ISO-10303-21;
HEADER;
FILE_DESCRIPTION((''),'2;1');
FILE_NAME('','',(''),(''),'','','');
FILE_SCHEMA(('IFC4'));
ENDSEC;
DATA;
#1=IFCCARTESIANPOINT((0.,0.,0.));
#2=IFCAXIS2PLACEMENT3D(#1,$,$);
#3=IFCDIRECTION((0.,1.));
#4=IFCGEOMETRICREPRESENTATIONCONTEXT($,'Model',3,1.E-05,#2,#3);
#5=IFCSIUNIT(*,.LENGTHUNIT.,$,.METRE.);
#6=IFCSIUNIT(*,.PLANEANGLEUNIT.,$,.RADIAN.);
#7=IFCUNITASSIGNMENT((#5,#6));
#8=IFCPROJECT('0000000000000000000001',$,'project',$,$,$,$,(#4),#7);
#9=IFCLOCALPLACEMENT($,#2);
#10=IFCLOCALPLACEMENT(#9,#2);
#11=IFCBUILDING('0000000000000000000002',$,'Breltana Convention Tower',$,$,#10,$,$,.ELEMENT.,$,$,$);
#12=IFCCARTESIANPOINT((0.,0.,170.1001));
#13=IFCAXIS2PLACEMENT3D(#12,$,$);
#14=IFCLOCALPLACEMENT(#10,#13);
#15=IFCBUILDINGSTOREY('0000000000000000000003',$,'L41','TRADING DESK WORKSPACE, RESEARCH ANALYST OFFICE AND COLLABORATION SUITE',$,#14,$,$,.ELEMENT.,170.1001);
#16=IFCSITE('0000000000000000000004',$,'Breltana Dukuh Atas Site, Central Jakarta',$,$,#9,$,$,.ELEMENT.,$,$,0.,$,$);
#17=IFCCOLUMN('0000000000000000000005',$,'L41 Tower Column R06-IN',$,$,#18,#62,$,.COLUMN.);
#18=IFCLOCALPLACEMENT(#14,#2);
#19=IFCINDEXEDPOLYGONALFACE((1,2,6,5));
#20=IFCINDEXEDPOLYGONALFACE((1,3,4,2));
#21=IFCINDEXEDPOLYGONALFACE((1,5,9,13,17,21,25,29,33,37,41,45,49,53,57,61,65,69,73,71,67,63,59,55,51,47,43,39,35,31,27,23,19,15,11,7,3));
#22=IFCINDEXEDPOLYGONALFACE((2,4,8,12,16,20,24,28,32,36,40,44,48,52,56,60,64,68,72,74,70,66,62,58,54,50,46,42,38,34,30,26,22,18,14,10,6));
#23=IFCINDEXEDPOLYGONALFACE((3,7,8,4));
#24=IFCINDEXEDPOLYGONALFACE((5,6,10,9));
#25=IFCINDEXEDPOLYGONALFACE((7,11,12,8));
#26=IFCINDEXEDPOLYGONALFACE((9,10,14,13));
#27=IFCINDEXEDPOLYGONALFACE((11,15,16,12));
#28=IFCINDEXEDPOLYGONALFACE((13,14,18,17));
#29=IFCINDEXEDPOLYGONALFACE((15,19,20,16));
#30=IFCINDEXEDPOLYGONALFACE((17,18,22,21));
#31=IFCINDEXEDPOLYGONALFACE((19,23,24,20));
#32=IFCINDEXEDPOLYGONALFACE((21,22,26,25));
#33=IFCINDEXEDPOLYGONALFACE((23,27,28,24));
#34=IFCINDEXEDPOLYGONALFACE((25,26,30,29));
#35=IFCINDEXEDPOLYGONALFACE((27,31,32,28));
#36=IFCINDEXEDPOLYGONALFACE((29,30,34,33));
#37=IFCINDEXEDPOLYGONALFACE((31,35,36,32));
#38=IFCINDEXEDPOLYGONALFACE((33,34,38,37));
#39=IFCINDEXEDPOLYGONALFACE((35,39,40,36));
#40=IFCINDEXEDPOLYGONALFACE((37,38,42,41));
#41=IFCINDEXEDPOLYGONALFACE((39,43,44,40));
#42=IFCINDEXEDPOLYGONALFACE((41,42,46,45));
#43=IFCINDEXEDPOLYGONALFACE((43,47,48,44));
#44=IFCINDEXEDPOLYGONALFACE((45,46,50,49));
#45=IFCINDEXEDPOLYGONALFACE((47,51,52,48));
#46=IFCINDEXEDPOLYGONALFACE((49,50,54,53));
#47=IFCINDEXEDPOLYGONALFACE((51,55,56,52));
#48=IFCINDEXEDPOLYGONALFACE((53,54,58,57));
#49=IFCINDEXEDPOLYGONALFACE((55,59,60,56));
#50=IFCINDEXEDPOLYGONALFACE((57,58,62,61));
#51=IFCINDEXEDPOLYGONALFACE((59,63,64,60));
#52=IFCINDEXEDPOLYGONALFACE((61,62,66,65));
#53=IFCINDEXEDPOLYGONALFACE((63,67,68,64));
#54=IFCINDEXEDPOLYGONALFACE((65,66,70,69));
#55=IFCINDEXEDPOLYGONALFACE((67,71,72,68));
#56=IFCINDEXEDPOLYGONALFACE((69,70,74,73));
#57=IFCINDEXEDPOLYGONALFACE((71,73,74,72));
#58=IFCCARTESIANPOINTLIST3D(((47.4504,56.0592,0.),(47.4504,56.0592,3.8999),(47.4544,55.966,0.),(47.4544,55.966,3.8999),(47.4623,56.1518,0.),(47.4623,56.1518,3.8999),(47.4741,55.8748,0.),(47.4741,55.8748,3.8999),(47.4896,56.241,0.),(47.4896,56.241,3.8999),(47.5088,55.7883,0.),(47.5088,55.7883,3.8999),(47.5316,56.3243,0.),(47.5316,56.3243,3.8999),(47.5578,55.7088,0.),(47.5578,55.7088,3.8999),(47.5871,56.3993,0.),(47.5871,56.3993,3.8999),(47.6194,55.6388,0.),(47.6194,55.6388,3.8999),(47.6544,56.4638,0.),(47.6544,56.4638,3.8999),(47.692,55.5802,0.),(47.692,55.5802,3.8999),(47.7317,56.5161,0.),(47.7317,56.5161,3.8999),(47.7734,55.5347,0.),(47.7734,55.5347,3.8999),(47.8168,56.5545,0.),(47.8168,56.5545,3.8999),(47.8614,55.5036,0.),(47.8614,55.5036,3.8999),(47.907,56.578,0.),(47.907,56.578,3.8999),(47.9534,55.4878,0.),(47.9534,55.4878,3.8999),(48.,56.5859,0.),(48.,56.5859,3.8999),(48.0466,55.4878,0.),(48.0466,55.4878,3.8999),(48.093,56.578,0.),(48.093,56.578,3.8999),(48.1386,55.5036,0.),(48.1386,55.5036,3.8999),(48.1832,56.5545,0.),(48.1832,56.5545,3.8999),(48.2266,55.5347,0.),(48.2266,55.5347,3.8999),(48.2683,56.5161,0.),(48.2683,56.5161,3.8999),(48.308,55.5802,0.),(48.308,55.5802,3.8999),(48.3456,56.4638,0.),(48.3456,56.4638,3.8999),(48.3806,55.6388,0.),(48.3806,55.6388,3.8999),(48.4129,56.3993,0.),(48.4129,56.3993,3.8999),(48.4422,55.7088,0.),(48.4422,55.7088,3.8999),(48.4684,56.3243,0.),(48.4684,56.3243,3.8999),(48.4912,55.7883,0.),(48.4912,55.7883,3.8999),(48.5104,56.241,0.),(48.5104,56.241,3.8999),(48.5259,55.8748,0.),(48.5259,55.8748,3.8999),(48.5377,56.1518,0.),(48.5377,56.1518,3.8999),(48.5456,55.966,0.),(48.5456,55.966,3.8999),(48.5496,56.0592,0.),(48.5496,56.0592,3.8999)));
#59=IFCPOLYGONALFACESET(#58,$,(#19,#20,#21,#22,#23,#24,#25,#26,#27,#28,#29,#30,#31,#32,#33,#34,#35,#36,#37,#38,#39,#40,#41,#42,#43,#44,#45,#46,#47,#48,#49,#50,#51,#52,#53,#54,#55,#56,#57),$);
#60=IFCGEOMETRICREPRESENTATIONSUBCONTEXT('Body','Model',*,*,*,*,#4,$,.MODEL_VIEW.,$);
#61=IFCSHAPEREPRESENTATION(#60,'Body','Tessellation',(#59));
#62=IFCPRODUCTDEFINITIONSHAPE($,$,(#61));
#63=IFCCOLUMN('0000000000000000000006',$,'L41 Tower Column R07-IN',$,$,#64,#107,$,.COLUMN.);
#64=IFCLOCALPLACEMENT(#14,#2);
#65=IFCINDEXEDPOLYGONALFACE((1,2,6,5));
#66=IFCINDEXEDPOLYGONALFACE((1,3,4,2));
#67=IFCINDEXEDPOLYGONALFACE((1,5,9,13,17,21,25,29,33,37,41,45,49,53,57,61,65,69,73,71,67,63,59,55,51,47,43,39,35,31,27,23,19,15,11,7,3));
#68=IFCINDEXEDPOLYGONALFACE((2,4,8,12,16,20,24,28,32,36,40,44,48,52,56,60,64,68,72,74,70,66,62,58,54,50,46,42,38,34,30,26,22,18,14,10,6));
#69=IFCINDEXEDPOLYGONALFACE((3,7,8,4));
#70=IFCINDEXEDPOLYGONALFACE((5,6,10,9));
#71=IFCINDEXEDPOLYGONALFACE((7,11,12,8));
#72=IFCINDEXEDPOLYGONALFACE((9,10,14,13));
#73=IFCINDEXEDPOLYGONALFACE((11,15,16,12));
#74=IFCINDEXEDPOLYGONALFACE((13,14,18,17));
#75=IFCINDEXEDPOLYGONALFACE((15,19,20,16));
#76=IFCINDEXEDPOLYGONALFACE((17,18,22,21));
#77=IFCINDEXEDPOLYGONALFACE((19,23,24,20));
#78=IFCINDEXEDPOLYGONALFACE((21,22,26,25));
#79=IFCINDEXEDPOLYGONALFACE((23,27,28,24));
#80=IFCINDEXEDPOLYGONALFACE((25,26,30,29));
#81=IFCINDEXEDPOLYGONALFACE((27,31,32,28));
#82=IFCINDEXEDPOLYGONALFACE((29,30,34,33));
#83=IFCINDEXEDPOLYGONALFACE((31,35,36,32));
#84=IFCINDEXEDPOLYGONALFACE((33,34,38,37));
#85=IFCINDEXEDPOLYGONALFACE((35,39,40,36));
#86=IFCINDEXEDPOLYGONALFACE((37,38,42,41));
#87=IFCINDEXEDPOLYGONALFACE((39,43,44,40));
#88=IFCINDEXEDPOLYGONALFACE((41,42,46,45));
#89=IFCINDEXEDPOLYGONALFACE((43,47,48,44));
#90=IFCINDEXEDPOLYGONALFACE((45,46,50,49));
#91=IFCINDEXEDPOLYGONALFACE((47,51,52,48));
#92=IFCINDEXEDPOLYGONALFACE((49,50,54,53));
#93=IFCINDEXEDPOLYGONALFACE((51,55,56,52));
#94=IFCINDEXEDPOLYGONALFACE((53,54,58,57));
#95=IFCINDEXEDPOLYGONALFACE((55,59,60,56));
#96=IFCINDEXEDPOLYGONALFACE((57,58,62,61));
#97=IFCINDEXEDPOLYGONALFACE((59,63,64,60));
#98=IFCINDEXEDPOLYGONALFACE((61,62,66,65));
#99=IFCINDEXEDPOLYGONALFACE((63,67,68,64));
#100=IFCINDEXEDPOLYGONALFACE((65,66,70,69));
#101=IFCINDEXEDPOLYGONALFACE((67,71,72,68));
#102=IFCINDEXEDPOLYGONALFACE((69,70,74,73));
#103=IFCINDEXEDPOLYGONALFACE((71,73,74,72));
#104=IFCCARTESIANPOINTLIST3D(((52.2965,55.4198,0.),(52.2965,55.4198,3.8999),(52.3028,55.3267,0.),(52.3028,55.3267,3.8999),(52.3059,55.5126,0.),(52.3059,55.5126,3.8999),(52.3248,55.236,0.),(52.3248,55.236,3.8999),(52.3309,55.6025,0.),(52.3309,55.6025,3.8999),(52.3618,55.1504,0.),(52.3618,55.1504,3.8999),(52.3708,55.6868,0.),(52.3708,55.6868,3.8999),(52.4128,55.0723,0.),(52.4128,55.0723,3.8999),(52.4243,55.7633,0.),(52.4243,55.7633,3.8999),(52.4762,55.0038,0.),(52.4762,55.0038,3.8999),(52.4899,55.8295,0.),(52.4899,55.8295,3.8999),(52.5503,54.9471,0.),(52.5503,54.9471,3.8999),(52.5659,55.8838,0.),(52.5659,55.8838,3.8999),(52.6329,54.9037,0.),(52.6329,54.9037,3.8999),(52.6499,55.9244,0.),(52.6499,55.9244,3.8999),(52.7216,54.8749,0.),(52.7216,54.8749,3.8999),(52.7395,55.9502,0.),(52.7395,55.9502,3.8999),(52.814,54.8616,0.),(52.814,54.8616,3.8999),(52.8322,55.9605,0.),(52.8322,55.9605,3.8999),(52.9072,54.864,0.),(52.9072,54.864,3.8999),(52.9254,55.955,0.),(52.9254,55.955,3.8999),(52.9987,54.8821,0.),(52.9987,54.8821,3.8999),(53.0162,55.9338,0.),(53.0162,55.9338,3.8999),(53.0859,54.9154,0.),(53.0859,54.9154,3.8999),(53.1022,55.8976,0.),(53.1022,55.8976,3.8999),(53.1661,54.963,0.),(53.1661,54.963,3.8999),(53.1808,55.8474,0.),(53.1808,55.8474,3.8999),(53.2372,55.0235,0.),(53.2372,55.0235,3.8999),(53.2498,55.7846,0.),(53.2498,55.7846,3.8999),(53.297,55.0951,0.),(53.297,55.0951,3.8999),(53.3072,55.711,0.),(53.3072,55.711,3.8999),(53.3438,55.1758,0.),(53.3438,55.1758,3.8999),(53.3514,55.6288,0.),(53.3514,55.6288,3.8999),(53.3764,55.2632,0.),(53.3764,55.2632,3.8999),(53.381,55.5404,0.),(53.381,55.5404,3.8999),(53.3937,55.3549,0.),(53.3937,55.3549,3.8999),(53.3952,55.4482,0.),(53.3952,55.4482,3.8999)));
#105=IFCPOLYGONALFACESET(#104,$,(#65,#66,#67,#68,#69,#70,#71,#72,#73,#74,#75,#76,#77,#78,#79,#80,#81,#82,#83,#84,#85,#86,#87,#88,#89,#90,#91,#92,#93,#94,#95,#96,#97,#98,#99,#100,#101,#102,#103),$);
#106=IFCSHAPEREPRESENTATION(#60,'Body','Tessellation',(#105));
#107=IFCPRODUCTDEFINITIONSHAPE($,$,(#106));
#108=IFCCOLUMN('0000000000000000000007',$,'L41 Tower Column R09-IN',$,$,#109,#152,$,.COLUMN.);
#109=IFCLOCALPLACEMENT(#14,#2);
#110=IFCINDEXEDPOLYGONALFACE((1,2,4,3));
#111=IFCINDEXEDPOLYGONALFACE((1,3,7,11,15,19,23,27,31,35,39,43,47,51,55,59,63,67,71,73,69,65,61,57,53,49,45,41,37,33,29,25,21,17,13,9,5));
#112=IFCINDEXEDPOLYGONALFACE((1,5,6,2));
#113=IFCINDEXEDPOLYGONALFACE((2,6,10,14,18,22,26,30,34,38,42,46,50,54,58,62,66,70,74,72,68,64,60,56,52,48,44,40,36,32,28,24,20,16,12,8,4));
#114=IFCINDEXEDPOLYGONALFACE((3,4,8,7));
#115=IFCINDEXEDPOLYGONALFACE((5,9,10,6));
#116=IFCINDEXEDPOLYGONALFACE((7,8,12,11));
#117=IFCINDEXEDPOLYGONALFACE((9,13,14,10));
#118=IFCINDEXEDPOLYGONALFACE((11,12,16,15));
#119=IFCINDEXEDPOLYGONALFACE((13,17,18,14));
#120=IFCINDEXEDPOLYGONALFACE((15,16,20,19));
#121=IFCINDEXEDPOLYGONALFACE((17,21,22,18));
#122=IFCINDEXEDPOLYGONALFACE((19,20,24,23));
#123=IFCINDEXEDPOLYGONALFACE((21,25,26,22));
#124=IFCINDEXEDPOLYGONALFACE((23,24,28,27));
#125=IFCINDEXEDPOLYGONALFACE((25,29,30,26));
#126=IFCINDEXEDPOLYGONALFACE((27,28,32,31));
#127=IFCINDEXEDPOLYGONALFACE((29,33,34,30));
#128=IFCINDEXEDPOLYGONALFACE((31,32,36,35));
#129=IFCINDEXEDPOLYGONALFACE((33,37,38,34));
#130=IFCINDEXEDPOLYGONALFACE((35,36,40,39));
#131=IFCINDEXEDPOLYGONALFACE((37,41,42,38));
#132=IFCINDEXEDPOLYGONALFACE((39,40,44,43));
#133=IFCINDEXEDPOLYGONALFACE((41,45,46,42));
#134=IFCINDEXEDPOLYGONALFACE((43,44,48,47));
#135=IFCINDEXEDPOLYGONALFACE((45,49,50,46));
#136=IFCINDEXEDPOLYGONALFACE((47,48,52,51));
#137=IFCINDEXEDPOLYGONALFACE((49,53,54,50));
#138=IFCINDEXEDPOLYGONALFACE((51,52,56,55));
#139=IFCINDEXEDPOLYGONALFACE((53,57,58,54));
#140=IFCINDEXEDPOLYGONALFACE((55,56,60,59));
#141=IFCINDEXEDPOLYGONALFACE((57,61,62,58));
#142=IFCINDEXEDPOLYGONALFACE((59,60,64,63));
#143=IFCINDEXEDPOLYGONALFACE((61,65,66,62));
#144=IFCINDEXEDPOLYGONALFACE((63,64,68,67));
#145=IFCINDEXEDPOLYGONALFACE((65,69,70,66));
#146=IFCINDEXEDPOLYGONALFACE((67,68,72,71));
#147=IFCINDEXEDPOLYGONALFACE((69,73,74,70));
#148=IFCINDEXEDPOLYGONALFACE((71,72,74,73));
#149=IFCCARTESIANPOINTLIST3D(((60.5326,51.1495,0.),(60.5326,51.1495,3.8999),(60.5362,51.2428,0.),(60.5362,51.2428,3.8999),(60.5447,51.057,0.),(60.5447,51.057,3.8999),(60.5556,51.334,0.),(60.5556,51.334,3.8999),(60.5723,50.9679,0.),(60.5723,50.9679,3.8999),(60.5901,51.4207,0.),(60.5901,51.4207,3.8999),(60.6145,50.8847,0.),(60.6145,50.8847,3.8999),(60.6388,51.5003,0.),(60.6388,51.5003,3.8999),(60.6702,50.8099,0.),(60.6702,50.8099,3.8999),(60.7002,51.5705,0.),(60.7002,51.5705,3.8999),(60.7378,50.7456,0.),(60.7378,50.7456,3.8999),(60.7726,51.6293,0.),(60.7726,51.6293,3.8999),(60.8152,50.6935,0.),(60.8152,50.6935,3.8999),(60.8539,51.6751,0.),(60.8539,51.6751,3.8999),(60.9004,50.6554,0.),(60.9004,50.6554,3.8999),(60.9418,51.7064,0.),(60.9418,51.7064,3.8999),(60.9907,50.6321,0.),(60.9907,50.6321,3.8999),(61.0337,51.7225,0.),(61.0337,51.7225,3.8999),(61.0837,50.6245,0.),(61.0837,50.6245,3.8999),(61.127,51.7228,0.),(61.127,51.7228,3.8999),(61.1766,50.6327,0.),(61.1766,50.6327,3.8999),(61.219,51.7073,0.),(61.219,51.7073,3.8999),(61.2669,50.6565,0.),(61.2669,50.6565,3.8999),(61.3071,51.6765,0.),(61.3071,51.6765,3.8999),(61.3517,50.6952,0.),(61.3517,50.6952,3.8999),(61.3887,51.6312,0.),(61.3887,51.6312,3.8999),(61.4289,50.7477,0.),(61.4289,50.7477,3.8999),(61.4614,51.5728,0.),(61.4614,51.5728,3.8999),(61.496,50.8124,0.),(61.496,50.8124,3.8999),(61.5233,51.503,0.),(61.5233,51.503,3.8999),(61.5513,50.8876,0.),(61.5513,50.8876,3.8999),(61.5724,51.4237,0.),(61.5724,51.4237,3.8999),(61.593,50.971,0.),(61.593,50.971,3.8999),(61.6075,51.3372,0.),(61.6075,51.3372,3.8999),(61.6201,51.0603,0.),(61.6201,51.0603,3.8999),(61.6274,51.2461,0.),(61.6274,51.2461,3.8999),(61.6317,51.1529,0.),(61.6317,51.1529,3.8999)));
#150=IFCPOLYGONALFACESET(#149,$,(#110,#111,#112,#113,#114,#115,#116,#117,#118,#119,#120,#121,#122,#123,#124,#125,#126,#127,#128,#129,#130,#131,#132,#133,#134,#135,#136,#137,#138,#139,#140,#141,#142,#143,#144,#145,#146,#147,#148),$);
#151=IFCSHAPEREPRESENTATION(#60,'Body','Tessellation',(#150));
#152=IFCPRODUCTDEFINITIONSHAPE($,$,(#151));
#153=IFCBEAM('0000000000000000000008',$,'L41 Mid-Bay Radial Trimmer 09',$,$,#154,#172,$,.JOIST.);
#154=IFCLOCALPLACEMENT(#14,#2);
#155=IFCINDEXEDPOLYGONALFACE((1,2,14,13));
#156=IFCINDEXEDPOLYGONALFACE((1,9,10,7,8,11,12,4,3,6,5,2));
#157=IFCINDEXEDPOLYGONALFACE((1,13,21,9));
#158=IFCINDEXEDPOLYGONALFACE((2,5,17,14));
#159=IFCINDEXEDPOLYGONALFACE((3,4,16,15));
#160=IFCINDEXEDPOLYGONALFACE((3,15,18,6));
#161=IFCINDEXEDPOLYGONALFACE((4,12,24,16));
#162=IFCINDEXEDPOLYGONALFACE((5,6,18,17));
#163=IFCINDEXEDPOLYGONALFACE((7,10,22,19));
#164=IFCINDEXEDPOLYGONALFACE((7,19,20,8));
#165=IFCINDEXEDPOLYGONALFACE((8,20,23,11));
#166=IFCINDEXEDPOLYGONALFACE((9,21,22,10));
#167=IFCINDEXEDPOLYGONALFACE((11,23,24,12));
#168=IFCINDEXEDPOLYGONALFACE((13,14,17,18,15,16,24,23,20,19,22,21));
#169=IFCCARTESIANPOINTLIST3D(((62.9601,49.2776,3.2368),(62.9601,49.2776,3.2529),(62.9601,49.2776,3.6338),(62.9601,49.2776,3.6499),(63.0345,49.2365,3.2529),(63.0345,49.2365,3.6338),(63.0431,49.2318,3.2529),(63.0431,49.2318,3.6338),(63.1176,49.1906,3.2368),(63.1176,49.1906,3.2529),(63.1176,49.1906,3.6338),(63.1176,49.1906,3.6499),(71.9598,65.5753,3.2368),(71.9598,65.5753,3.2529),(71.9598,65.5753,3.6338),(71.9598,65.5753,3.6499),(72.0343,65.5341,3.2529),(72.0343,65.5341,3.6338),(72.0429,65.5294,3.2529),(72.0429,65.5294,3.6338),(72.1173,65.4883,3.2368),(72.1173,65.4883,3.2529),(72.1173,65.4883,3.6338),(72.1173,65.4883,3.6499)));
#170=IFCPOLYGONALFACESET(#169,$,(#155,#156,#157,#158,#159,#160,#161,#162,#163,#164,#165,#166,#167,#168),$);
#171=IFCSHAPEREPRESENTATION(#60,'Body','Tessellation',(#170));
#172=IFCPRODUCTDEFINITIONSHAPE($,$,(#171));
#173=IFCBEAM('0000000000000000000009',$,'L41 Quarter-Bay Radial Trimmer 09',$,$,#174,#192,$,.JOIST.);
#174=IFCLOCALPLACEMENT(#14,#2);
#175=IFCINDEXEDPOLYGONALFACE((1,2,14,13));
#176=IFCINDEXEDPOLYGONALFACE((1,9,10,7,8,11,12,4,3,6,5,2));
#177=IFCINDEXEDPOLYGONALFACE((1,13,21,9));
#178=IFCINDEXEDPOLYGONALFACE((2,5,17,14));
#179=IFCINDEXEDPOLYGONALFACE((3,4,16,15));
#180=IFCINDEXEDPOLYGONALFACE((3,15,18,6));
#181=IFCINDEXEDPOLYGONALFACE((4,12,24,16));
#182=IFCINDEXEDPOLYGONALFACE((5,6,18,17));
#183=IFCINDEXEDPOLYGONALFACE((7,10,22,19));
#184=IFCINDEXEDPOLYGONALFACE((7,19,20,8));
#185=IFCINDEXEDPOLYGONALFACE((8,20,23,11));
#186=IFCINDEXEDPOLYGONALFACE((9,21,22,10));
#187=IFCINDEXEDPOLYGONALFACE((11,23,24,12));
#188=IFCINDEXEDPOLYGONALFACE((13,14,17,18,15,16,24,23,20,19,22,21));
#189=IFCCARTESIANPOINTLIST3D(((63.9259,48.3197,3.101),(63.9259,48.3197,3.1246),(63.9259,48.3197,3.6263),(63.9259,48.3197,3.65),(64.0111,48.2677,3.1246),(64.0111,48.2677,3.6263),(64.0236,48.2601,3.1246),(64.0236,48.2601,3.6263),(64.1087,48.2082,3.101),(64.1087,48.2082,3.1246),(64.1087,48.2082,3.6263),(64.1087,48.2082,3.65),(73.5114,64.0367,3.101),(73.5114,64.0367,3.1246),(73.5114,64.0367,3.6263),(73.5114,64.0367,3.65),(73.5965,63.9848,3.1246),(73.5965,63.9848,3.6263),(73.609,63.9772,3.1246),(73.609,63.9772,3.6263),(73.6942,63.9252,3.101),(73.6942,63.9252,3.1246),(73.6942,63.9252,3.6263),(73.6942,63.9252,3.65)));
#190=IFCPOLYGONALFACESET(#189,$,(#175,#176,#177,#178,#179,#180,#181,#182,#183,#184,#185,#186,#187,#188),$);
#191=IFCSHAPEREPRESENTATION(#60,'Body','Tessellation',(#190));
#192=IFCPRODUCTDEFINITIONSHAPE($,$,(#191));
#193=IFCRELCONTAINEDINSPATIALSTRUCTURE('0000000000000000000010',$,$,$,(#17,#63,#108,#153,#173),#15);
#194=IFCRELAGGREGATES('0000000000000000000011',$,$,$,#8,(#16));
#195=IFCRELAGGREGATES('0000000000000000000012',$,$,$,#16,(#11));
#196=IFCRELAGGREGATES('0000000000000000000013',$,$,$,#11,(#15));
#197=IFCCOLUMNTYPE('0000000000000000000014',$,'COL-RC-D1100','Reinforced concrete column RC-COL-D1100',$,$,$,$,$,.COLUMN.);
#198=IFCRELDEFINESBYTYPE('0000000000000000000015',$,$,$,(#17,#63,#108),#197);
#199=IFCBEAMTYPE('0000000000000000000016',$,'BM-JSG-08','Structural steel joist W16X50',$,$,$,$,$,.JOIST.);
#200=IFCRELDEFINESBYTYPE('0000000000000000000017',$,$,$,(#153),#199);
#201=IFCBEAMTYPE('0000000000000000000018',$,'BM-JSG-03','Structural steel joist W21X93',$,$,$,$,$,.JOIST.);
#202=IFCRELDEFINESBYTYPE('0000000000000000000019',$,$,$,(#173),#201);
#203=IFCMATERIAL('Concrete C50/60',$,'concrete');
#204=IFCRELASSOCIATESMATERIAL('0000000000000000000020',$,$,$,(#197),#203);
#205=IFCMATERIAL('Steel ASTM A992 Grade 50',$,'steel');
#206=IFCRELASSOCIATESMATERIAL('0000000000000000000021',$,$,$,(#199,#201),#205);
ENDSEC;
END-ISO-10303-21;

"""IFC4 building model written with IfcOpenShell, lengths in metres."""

from ifc_helpers import new_model, si_unit, direction, frame, origin, origin_2d, place, context, subcontext, project, spatial, circle, i_section, extrude, source, transform, mapped, material, material_profile, profile_set, type_object, element, save


model = new_model("IFC4")

# Units and contexts
model_context = context("Model", 3, precision=1e-05, world=origin(), true_north=direction((0.0, 1.0)))
body_context = subcontext(model_context, "Body", "Model", "MODEL_VIEW")
ifc_project = project(units=[si_unit("LENGTHUNIT", "METRE"), si_unit("PLANEANGLEUNIT", "RADIAN")], contexts=[model_context])

# Site, building, storey
site_placement = place(None, origin())
site = spatial("IfcSite", under=ifc_project, at=site_placement, Name="Breltana Dukuh Atas Site, Central Jakarta", CompositionType="ELEMENT", RefElevation=0.0)
building_placement = place(site_placement, origin())
building = spatial("IfcBuilding", under=site, at=building_placement, Name="Breltana Convention Tower", CompositionType="ELEMENT")
storey_placement = place(building_placement, frame((0.0, 0.0, 170.1001)))
storey = spatial("IfcBuildingStorey", under=building, at=storey_placement, Name="L41", Description="TRADING DESK WORKSPACE, RESEARCH ANALYST OFFICE AND COLLABORATION SUITE", CompositionType="ELEMENT", Elevation=170.1001)

# Columns
ifc_material_1 = material(Name="Concrete C50/60", Category="concrete")
ifc_material_profile_1 = material_profile(ifc_material_1, circle(Radius=0.55, at=origin_2d()), Name="RC-COL-D1100")
ifc_profile_set_1 = profile_set([ifc_material_profile_1], Name="Concrete C50/60")
column_type = type_object("IfcColumnType", Name="COL-RC-D1100", Description="Reinforced concrete column RC-COL-D1100", PredefinedType="COLUMN", material=ifc_profile_set_1)
shared_shape_1 = source(origin(), body_context, "Body", "SweptSolid", [
    extrude(circle(Radius=0.55, at=origin_2d()), origin(), (0.0, 0.0, 1.0), 3.8999),
])
for number, where, z_axis, x_axis, name in (
    (1, (48.0, 56.0359, 0.0), (0.0, 0.0, 1.0), (0.0, 1.0, 0.0), "L41 Tower Column R06-IN"),
    (2, (52.8464, 55.4106, 0.0), (0.0, 0.0, 1.0), (0.143493, 0.989651, 0.0), "L41 Tower Column R07-IN"),
    (3, (61.082, 51.1746, 0.0), (0.0, 0.0, 1.0), (0.409127, 0.912477, 0.0), "L41 Tower Column R09-IN"),
):
    element("IfcColumn", number, at=place(storey_placement, frame(where, z_axis=z_axis, x_axis=x_axis)), inside=storey, type_object=column_type, Name=name, PredefinedType="COLUMN", context=body_context, shape_type="MappedRepresentation", body=[
        mapped(shared_shape_1, transform((0.0, 0.0, 0.0), scale=1.0)),
    ])

# Beams
ifc_material_2 = material(Name="Steel ASTM A992 Grade 50", Category="steel")
ifc_material_profile_2 = material_profile(ifc_material_2, i_section(OverallWidth=0.1799, OverallDepth=0.4131, WebThickness=0.0098, FlangeThickness=0.0161, at=origin_2d()), Name="W16X50")
ifc_profile_set_2 = profile_set([ifc_material_profile_2], Name="Steel ASTM A992 Grade 50")
beam_type_1 = type_object("IfcBeamType", Name="BM-JSG-08", Description="Structural steel joist W16X50", PredefinedType="JOIST", material=ifc_profile_set_2)
shared_shape_2 = source(origin(), body_context, "Body", "SweptSolid", [
    extrude(i_section(OverallWidth=0.1799, OverallDepth=0.4131, WebThickness=0.0098, FlangeThickness=0.0161, at=origin_2d()), origin(), (0.0, 0.0, 1.0), 18.6174),
])
beam_1_placement = place(storey_placement, frame((63.0388, 49.2341, 3.4434), z_axis=(0.483406, 0.875396, 0.0), x_axis=(-0.875396, 0.483406, 0.0)))
element("IfcBeam", 4, at=beam_1_placement, inside=storey, type_object=beam_type_1, Name="L41 Mid-Bay Radial Trimmer 09", PredefinedType="JOIST", context=body_context, shape_type="MappedRepresentation", body=[
    mapped(shared_shape_2, transform((0.0, 0.0, 0.0), scale=1.0)),
])
ifc_material_profile_3 = material_profile(ifc_material_2, i_section(OverallWidth=0.2141, OverallDepth=0.5491, WebThickness=0.0146, FlangeThickness=0.0237, at=origin_2d()), Name="W21X93")
ifc_profile_set_3 = profile_set([ifc_material_profile_3], Name="Steel ASTM A992 Grade 50")
beam_type_2 = type_object("IfcBeamType", Name="BM-JSG-03", Description="Structural steel joist W21X93", PredefinedType="JOIST", material=ifc_profile_set_3)
shared_shape_3 = source(origin(), body_context, "Body", "SweptSolid", [
    extrude(i_section(OverallWidth=0.2141, OverallDepth=0.5491, WebThickness=0.0146, FlangeThickness=0.0237, at=origin_2d()), origin(), (0.0, 0.0, 1.0), 18.4094),
])
beam_2_placement = place(storey_placement, frame((64.0173, 48.2639, 3.3755), z_axis=(0.520682, 0.853751, 0.0), x_axis=(-0.853751, 0.520682, 0.0)))
element("IfcBeam", 5, at=beam_2_placement, inside=storey, type_object=beam_type_2, Name="L41 Quarter-Bay Radial Trimmer 09", PredefinedType="JOIST", context=body_context, shape_type="MappedRepresentation", body=[
    mapped(shared_shape_3, transform((0.0, 0.0, 0.0), scale=1.0)),
])

save(model, "model.ifc")
